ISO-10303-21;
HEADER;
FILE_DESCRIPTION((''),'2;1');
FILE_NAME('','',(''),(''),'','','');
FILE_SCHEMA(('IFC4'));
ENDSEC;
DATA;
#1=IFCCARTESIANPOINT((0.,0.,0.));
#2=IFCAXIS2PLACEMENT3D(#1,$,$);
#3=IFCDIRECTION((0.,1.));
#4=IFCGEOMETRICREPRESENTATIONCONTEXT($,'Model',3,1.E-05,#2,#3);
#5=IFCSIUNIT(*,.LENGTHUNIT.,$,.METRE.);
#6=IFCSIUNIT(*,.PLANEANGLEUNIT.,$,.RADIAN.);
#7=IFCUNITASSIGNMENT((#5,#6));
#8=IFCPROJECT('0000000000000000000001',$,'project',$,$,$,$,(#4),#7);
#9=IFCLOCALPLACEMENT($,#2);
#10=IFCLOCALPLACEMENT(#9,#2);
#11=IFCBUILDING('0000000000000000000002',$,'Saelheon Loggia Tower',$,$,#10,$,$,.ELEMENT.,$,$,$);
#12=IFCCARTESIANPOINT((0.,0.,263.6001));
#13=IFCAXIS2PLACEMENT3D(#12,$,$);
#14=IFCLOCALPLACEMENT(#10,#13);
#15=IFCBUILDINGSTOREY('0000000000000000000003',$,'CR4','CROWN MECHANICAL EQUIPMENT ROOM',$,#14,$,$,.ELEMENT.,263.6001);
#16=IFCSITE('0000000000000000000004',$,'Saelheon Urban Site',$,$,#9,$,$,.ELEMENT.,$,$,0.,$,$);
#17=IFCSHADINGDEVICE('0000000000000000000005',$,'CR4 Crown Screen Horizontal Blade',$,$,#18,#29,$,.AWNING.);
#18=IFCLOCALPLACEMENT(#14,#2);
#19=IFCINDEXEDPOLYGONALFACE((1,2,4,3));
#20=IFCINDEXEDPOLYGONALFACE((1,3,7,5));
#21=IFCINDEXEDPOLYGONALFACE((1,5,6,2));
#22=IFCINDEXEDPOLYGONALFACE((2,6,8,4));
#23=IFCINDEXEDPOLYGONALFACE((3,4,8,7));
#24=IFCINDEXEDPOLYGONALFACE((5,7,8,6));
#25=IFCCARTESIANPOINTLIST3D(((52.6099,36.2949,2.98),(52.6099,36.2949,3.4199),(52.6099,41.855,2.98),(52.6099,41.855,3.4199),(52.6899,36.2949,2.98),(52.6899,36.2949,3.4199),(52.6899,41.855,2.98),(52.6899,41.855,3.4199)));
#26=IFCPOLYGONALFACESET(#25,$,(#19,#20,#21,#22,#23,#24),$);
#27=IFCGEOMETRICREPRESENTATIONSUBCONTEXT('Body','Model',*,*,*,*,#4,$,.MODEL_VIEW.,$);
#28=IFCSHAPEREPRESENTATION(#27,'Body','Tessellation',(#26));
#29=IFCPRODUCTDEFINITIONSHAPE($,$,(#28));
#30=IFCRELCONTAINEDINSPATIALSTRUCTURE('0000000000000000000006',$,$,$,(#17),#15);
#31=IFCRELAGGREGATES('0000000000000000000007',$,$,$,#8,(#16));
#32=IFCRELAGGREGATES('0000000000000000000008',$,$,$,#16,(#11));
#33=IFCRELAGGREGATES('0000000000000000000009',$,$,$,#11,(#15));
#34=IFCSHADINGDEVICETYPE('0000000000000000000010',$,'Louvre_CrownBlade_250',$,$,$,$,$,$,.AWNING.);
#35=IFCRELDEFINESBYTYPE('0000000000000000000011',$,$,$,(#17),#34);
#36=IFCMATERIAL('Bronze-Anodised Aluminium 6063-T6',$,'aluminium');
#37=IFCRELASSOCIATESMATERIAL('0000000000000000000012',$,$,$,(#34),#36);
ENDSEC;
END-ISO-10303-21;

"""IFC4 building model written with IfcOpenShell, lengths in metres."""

from ifc_helpers import new_model, si_unit, direction, frame, origin, origin_2d, place, context, subcontext, project, spatial, rectangle, extrude, source, transform, mapped, material, material_profile, profile_set, type_object, element, save


model = new_model("IFC4")

# Units and contexts
model_context = context("Model", 3, precision=1e-05, world=origin(), true_north=direction((0.0, 1.0)))
body_context = subcontext(model_context, "Body", "Model", "MODEL_VIEW")
ifc_project = project(units=[si_unit("LENGTHUNIT", "METRE"), si_unit("PLANEANGLEUNIT", "RADIAN")], contexts=[model_context])

# Site, building, storey
site_placement = place(None, origin())
site = spatial("IfcSite", under=ifc_project, at=site_placement, Name="Saelheon Urban Site", CompositionType="ELEMENT", RefElevation=0.0)
building_placement = place(site_placement, origin())
building = spatial("IfcBuilding", under=site, at=building_placement, Name="Saelheon Loggia Tower", CompositionType="ELEMENT")
storey_placement = place(building_placement, frame((0.0, 0.0, 263.6001)))
storey = spatial("IfcBuildingStorey", under=building, at=storey_placement, Name="CR4", Description="CROWN MECHANICAL EQUIPMENT ROOM", CompositionType="ELEMENT", Elevation=263.6001)

# Shared definitions
ifc_material_1 = material(Name="Bronze-Anodised Aluminium 6063-T6", Category="aluminium")

# Shading device
ifc_material_profile_1 = material_profile(ifc_material_1, rectangle(XDim=0.0801, YDim=0.4399, at=origin_2d()), Name="Louvre_CrownBlade_250")
ifc_profile_set_1 = profile_set([ifc_material_profile_1], Name="Bronze-Anodised Aluminium 6063-T6")
shading_device_type = type_object("IfcShadingDeviceType", Name="Louvre_CrownBlade_250", PredefinedType="AWNING", material=ifc_profile_set_1)
shared_shape_1 = source(origin(), body_context, "Body", "SweptSolid", [
    extrude(rectangle(XDim=0.0801, YDim=0.4399, at=origin_2d()), origin(), (0.0, 0.0, 1.0), 5.5601),
])
shading_device_placement = place(storey_placement, frame((52.6499, 36.2949, 3.2), z_axis=(0.0, 1.0, 0.0), x_axis=(-1.0, 0.0, 0.0)))
element("IfcShadingDevice", 1, at=shading_device_placement, inside=storey, type_object=shading_device_type, Name="CR4 Crown Screen Horizontal Blade", PredefinedType="AWNING", context=body_context, shape_type="MappedRepresentation", body=[
    mapped(shared_shape_1, transform((0.0, 0.0, 0.0), scale=1.0)),
])

save(model, "model.ifc")
